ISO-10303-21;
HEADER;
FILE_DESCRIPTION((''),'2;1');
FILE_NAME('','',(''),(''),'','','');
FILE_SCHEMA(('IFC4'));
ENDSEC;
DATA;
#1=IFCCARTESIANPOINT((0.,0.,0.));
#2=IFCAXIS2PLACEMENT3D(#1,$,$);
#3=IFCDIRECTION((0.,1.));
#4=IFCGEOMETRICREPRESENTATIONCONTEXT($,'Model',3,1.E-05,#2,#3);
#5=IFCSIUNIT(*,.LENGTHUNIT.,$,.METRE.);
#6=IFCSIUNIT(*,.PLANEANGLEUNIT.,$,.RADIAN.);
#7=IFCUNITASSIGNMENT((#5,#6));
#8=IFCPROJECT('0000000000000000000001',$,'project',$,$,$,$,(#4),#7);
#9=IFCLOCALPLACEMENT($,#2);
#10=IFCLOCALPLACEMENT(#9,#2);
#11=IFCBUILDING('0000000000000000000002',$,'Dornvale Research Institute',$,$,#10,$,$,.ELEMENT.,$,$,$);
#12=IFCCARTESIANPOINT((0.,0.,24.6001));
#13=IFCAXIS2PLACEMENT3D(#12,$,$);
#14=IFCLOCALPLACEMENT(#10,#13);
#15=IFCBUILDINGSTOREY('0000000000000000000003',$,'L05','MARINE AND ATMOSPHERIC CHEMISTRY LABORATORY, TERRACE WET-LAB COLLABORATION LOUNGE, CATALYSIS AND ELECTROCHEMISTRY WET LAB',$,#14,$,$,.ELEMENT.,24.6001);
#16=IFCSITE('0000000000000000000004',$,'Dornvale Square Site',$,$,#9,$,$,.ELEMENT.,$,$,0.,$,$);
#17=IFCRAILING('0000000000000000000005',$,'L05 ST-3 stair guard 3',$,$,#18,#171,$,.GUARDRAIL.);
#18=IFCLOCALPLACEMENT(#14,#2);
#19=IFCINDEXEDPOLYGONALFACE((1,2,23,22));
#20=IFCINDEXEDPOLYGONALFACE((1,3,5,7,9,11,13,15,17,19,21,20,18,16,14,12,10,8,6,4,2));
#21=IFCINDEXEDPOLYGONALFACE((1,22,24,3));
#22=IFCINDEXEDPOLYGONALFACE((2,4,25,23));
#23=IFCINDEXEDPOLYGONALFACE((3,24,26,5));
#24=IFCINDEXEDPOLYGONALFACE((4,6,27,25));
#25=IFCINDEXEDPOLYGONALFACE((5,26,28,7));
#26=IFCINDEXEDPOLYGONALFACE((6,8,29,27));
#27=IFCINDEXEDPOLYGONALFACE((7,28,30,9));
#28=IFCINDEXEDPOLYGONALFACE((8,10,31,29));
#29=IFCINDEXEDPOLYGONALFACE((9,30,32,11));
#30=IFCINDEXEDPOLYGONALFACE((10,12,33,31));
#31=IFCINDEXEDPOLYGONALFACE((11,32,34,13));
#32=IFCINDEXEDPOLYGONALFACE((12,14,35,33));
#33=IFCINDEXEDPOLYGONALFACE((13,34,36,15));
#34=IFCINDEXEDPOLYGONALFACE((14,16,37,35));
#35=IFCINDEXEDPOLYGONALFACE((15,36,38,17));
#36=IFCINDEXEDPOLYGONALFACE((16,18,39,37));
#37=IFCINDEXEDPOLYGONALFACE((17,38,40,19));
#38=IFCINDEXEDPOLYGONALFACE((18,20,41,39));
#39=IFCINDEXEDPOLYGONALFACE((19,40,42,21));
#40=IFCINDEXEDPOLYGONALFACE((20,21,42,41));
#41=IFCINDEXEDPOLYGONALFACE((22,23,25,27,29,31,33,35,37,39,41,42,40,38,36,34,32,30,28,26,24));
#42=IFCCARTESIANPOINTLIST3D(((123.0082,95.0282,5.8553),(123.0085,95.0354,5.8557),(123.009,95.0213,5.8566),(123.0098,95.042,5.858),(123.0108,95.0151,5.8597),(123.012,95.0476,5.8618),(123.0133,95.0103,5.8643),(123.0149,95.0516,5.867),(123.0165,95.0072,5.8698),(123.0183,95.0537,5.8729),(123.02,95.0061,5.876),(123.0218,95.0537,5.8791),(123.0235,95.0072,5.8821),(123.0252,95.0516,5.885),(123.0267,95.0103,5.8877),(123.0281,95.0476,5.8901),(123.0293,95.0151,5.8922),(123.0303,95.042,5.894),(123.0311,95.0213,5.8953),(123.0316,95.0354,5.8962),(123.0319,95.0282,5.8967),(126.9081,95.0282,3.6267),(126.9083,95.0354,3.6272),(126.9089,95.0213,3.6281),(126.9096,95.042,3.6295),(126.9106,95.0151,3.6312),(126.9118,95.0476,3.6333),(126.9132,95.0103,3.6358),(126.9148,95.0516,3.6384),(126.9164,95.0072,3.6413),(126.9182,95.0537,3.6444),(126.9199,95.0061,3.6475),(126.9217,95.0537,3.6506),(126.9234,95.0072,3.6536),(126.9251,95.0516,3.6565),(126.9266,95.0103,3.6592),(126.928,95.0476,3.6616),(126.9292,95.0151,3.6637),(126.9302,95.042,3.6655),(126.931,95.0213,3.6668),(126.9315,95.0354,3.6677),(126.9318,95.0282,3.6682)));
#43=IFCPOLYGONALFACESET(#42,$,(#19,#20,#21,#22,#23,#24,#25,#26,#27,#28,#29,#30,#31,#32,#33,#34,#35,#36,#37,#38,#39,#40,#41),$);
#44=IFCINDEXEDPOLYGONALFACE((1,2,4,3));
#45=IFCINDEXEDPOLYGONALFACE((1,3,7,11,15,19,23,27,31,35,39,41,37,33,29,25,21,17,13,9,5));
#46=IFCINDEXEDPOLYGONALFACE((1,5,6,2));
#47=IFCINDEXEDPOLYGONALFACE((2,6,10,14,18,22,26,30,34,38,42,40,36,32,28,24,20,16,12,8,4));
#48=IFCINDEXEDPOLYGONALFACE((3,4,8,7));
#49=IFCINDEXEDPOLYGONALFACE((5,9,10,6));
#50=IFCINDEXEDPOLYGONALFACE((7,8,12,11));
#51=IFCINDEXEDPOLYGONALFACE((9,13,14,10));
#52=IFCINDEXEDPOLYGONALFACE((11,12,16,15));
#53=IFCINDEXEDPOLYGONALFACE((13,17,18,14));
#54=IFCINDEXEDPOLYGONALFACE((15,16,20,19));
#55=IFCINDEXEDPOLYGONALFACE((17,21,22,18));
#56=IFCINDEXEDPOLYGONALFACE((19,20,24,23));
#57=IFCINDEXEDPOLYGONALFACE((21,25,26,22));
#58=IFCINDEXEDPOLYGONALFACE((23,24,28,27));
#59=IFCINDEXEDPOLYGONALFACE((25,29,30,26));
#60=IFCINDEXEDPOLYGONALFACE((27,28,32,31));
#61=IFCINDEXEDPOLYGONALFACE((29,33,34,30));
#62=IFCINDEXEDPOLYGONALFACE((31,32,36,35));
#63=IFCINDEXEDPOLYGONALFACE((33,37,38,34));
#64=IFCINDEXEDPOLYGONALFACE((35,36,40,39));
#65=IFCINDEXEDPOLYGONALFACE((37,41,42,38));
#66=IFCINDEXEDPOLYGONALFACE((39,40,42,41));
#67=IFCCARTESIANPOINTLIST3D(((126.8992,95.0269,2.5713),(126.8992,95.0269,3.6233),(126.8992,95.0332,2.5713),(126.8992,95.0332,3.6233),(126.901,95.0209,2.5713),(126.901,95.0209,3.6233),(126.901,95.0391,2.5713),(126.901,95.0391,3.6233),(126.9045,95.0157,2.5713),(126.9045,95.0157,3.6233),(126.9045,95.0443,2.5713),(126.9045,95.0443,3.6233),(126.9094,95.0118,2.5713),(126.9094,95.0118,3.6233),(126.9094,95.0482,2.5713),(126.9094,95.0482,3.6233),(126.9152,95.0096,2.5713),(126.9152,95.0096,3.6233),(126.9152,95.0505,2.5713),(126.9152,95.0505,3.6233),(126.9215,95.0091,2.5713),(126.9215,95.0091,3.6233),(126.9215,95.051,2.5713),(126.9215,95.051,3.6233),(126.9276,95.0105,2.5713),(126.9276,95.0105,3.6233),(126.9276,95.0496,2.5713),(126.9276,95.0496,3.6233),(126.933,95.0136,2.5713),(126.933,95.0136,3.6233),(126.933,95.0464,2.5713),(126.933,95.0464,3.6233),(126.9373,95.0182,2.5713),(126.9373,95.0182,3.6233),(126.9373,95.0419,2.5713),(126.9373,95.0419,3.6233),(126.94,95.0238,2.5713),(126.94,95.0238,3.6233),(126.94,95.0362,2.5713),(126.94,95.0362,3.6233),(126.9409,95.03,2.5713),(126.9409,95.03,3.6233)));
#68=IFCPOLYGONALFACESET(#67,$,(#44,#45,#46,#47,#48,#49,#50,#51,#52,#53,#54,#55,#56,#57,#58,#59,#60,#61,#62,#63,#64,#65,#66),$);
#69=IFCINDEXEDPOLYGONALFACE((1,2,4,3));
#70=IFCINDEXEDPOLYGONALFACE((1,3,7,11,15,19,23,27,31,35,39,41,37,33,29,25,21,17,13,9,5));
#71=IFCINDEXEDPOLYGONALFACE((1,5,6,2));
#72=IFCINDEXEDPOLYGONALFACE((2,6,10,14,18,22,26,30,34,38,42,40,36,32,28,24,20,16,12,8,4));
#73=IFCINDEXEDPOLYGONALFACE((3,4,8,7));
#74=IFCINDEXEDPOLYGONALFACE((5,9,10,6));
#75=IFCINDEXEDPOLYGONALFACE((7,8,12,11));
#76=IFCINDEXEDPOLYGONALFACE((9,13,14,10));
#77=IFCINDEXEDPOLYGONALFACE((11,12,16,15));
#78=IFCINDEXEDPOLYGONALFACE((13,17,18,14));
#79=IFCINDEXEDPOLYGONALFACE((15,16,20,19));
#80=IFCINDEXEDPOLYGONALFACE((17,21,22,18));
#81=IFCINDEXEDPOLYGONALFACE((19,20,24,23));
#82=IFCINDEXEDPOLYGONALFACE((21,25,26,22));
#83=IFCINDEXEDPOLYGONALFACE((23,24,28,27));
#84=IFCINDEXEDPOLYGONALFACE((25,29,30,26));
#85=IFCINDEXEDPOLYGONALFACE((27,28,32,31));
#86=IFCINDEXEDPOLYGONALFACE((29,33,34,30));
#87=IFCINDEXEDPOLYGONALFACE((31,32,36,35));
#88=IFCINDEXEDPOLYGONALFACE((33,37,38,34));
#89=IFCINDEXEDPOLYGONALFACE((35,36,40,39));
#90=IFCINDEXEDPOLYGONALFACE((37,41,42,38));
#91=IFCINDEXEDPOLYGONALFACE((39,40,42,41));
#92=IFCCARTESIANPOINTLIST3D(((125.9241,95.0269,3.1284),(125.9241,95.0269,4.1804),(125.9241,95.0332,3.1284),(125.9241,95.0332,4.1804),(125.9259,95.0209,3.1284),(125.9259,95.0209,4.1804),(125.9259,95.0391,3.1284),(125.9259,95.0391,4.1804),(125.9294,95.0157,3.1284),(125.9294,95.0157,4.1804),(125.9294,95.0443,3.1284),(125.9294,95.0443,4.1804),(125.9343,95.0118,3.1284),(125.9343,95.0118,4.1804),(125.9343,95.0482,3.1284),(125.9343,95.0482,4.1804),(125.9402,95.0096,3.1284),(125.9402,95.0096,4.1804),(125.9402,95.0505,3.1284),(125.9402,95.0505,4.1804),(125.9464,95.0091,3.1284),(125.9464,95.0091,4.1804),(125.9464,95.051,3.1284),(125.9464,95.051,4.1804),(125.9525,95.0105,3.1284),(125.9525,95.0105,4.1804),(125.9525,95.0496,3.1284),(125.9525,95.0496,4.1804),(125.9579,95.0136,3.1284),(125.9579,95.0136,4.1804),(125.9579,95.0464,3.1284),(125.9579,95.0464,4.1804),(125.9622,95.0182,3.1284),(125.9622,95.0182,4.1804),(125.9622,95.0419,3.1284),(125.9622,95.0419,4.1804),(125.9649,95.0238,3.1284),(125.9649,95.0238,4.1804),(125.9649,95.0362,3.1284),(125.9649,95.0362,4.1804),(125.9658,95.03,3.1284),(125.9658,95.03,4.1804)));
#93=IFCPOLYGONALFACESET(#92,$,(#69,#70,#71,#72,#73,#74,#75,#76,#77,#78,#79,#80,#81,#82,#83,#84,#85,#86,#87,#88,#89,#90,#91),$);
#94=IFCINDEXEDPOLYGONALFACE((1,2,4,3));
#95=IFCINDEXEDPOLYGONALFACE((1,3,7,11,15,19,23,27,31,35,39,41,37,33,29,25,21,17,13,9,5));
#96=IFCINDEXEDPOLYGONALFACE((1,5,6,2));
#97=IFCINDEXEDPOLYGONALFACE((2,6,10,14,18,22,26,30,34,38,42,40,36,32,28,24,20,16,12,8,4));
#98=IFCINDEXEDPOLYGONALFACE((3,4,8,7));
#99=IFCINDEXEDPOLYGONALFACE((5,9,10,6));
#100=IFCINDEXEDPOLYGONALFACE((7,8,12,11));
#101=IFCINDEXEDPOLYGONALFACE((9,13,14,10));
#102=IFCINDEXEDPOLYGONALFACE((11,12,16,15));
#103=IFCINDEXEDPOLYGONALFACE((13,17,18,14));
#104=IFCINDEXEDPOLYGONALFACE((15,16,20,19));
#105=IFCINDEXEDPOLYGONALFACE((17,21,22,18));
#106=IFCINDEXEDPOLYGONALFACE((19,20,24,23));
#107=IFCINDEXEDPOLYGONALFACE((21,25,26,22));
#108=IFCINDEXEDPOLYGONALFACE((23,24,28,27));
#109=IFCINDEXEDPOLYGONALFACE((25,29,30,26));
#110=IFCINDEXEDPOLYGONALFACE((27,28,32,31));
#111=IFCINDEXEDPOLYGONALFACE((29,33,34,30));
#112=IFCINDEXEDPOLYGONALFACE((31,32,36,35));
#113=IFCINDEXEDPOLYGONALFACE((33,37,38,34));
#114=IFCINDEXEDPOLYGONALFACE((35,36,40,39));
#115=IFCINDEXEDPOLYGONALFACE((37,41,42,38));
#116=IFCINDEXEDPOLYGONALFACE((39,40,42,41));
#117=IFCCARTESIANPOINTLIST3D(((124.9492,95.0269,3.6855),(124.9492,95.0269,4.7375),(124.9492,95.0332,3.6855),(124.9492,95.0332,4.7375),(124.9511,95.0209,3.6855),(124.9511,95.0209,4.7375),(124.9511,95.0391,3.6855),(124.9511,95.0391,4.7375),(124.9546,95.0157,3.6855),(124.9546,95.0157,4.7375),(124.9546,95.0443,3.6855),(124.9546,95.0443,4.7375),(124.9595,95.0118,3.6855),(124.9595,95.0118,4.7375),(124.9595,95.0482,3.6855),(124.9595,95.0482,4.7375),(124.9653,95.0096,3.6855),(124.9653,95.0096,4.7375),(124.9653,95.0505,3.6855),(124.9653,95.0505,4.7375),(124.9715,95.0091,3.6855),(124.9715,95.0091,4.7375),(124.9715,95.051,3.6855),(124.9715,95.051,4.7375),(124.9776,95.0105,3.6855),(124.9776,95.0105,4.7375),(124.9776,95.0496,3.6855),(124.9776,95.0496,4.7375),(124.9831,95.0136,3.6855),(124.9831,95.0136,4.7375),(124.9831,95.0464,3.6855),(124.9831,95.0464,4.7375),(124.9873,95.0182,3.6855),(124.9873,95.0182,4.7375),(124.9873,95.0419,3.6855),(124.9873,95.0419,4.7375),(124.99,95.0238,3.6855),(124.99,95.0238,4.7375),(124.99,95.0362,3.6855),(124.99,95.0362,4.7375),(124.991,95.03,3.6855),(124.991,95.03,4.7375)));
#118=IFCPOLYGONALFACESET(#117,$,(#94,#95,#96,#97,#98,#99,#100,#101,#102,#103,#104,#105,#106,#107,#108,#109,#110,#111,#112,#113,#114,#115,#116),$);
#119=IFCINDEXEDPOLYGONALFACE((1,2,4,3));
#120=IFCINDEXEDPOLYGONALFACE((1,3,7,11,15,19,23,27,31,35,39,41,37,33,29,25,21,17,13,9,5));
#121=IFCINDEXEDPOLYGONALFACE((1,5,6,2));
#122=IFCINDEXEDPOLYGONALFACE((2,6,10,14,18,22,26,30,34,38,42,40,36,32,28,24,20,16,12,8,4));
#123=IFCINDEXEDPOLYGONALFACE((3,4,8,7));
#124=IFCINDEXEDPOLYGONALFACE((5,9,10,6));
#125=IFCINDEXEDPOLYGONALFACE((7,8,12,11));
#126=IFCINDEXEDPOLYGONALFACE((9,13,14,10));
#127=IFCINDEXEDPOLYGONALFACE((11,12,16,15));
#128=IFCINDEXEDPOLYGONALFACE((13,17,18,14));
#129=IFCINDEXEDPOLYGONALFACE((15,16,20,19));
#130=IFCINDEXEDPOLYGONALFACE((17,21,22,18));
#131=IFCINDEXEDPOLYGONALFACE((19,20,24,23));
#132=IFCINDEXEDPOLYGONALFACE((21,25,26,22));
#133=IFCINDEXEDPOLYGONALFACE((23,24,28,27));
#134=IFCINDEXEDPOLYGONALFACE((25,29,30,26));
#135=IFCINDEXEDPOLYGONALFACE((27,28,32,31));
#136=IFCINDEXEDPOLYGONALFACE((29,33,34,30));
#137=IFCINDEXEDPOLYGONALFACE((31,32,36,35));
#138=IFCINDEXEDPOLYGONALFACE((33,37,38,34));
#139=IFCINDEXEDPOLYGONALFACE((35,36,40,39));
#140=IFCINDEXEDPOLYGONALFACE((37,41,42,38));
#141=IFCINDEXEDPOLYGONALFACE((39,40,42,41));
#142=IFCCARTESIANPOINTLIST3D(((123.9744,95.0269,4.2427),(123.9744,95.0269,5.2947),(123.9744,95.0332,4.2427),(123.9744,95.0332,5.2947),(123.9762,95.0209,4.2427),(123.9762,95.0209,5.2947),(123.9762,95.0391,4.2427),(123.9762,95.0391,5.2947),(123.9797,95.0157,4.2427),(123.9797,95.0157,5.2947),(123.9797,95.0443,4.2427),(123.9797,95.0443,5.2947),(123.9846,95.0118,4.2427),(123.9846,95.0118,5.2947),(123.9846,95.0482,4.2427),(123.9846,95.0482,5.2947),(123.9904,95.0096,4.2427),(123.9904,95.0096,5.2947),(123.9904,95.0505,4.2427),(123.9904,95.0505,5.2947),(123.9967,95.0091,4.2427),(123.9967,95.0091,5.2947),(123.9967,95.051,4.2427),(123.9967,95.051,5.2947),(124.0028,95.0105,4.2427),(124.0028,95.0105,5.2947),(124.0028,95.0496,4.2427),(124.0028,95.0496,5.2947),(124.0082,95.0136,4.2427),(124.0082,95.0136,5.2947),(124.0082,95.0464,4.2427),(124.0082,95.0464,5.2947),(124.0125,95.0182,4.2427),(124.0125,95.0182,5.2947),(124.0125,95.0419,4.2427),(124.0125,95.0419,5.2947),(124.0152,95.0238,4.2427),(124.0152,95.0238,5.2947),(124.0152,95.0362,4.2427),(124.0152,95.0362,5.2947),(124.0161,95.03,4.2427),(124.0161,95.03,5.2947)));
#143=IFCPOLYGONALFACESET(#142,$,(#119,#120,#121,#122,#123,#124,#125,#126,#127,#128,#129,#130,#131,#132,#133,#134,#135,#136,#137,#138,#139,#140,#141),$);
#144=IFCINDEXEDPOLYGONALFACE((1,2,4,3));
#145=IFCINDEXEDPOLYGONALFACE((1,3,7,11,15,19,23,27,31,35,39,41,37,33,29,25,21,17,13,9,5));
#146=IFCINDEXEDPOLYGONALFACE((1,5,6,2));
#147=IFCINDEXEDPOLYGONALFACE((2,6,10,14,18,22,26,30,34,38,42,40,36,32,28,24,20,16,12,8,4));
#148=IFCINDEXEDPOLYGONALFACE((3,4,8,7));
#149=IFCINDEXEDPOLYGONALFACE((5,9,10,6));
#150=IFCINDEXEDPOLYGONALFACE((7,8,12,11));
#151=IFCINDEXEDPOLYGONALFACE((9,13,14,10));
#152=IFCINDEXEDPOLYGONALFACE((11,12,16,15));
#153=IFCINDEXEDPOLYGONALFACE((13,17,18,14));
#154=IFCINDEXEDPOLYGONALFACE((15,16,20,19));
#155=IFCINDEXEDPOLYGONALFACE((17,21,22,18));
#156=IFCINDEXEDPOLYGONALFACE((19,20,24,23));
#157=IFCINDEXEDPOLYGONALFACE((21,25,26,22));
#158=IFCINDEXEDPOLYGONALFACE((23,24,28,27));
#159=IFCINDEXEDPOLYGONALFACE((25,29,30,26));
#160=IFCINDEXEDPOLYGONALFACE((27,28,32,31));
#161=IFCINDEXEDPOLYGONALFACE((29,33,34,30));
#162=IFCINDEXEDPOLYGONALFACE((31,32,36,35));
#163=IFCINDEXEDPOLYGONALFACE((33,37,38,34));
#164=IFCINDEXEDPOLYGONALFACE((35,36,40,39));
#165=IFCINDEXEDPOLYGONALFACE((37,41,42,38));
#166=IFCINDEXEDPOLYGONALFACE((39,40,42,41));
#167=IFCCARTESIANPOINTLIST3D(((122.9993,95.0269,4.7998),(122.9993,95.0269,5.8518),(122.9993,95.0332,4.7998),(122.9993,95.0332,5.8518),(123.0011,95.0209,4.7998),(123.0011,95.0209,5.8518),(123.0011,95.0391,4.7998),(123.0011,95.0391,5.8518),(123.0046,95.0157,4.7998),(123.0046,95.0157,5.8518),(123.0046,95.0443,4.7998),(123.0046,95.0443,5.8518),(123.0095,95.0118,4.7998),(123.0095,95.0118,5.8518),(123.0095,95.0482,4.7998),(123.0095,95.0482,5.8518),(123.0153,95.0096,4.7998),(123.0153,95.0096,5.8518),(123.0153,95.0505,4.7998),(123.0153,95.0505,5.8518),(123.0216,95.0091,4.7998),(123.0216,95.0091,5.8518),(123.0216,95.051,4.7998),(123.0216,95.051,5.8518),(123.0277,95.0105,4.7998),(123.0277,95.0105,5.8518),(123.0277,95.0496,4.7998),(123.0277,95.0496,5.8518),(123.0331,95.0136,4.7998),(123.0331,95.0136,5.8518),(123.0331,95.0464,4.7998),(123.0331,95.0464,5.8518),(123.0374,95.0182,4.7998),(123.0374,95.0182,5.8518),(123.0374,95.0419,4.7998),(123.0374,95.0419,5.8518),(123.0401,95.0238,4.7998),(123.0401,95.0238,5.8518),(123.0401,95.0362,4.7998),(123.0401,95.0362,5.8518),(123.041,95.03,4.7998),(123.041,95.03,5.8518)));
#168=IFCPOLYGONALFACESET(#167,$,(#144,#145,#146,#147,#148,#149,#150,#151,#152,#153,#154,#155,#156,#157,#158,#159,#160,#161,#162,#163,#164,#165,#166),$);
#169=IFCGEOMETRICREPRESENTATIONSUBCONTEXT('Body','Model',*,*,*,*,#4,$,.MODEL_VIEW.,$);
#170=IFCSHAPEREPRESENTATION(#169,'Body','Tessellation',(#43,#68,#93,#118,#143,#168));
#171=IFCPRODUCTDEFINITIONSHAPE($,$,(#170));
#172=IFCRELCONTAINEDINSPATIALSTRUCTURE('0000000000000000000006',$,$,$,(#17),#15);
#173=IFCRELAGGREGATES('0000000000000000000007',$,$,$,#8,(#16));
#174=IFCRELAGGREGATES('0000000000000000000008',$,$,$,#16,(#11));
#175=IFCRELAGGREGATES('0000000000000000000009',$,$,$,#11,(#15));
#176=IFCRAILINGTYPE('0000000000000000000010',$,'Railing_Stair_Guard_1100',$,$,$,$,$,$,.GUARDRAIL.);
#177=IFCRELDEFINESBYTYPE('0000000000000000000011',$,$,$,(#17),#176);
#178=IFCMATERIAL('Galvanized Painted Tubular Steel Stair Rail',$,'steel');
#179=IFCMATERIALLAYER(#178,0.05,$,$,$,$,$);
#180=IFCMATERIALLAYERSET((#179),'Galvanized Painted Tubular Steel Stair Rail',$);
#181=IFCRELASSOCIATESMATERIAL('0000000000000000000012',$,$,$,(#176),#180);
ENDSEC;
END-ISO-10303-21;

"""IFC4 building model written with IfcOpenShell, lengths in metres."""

from ifc_helpers import new_model, si_unit, direction, frame, origin, origin_2d, place, context, subcontext, project, spatial, circle, extrude, material, layer, layer_set, type_object, element, save


model = new_model("IFC4")

# Units and contexts
model_context = context("Model", 3, precision=1e-05, world=origin(), true_north=direction((0.0, 1.0)))
body_context = subcontext(model_context, "Body", "Model", "MODEL_VIEW")
ifc_project = project(units=[si_unit("LENGTHUNIT", "METRE"), si_unit("PLANEANGLEUNIT", "RADIAN")], contexts=[model_context])

# Site, building, storey
site_placement = place(None, origin())
site = spatial("IfcSite", under=ifc_project, at=site_placement, Name="Dornvale Square Site", CompositionType="ELEMENT", RefElevation=0.0)
building_placement = place(site_placement, origin())
building = spatial("IfcBuilding", under=site, at=building_placement, Name="Dornvale Research Institute", CompositionType="ELEMENT")
storey_placement = place(building_placement, frame((0.0, 0.0, 24.6001)))
storey = spatial("IfcBuildingStorey", under=building, at=storey_placement, Name="L05", Description="MARINE AND ATMOSPHERIC CHEMISTRY LABORATORY, TERRACE WET-LAB COLLABORATION LOUNGE, CATALYSIS AND ELECTROCHEMISTRY WET LAB", CompositionType="ELEMENT", Elevation=24.6001)

# Railing
ifc_material_1 = material(Name="Galvanized Painted Tubular Steel Stair Rail", Category="steel")
ifc_layer_1 = layer(ifc_material_1, 0.05)
ifc_layer_set_1 = layer_set([ifc_layer_1], Name="Galvanized Painted Tubular Steel Stair Rail")
railing_type_1 = type_object("IfcRailingType", Name="Railing_Stair_Guard_1100", PredefinedType="GUARDRAIL", material=ifc_layer_set_1)
railing_1_placement = place(storey_placement, frame((126.9199, 95.03, 2.5713)))
element("IfcRailing", 1, at=railing_1_placement, inside=storey, type_object=railing_type_1, Name="L05 ST-3 stair guard 3", PredefinedType="GUARDRAIL", context=body_context, shape_type="SweptSolid", body=[
    extrude(circle(Radius=0.0239, at=origin_2d()), frame((0.0, 0.0, 1.0762), z_axis=(-0.868243, 0.0, 0.496139), x_axis=(0.0, -1.0, 0.0)), (0.0, 0.0, 1.0), 4.4917),
    extrude(circle(Radius=0.021, at=origin_2d()), origin(), (0.0, 0.0, 1.0), 1.052),
    extrude(circle(Radius=0.021, at=origin_2d()), frame((-0.9751, 0.0, 0.5571)), (0.0, 0.0, 1.0), 1.052),
    extrude(circle(Radius=0.021, at=origin_2d()), frame((-1.95, 0.0, 1.1143)), (0.0, 0.0, 1.0), 1.052),
    extrude(circle(Radius=0.021, at=origin_2d()), frame((-2.9248, 0.0, 1.6714)), (0.0, 0.0, 1.0), 1.052),
    extrude(circle(Radius=0.021, at=origin_2d()), frame((-3.8999, 0.0, 2.2285)), (0.0, 0.0, 1.0), 1.052),
])

save(model, "model.ifc")
